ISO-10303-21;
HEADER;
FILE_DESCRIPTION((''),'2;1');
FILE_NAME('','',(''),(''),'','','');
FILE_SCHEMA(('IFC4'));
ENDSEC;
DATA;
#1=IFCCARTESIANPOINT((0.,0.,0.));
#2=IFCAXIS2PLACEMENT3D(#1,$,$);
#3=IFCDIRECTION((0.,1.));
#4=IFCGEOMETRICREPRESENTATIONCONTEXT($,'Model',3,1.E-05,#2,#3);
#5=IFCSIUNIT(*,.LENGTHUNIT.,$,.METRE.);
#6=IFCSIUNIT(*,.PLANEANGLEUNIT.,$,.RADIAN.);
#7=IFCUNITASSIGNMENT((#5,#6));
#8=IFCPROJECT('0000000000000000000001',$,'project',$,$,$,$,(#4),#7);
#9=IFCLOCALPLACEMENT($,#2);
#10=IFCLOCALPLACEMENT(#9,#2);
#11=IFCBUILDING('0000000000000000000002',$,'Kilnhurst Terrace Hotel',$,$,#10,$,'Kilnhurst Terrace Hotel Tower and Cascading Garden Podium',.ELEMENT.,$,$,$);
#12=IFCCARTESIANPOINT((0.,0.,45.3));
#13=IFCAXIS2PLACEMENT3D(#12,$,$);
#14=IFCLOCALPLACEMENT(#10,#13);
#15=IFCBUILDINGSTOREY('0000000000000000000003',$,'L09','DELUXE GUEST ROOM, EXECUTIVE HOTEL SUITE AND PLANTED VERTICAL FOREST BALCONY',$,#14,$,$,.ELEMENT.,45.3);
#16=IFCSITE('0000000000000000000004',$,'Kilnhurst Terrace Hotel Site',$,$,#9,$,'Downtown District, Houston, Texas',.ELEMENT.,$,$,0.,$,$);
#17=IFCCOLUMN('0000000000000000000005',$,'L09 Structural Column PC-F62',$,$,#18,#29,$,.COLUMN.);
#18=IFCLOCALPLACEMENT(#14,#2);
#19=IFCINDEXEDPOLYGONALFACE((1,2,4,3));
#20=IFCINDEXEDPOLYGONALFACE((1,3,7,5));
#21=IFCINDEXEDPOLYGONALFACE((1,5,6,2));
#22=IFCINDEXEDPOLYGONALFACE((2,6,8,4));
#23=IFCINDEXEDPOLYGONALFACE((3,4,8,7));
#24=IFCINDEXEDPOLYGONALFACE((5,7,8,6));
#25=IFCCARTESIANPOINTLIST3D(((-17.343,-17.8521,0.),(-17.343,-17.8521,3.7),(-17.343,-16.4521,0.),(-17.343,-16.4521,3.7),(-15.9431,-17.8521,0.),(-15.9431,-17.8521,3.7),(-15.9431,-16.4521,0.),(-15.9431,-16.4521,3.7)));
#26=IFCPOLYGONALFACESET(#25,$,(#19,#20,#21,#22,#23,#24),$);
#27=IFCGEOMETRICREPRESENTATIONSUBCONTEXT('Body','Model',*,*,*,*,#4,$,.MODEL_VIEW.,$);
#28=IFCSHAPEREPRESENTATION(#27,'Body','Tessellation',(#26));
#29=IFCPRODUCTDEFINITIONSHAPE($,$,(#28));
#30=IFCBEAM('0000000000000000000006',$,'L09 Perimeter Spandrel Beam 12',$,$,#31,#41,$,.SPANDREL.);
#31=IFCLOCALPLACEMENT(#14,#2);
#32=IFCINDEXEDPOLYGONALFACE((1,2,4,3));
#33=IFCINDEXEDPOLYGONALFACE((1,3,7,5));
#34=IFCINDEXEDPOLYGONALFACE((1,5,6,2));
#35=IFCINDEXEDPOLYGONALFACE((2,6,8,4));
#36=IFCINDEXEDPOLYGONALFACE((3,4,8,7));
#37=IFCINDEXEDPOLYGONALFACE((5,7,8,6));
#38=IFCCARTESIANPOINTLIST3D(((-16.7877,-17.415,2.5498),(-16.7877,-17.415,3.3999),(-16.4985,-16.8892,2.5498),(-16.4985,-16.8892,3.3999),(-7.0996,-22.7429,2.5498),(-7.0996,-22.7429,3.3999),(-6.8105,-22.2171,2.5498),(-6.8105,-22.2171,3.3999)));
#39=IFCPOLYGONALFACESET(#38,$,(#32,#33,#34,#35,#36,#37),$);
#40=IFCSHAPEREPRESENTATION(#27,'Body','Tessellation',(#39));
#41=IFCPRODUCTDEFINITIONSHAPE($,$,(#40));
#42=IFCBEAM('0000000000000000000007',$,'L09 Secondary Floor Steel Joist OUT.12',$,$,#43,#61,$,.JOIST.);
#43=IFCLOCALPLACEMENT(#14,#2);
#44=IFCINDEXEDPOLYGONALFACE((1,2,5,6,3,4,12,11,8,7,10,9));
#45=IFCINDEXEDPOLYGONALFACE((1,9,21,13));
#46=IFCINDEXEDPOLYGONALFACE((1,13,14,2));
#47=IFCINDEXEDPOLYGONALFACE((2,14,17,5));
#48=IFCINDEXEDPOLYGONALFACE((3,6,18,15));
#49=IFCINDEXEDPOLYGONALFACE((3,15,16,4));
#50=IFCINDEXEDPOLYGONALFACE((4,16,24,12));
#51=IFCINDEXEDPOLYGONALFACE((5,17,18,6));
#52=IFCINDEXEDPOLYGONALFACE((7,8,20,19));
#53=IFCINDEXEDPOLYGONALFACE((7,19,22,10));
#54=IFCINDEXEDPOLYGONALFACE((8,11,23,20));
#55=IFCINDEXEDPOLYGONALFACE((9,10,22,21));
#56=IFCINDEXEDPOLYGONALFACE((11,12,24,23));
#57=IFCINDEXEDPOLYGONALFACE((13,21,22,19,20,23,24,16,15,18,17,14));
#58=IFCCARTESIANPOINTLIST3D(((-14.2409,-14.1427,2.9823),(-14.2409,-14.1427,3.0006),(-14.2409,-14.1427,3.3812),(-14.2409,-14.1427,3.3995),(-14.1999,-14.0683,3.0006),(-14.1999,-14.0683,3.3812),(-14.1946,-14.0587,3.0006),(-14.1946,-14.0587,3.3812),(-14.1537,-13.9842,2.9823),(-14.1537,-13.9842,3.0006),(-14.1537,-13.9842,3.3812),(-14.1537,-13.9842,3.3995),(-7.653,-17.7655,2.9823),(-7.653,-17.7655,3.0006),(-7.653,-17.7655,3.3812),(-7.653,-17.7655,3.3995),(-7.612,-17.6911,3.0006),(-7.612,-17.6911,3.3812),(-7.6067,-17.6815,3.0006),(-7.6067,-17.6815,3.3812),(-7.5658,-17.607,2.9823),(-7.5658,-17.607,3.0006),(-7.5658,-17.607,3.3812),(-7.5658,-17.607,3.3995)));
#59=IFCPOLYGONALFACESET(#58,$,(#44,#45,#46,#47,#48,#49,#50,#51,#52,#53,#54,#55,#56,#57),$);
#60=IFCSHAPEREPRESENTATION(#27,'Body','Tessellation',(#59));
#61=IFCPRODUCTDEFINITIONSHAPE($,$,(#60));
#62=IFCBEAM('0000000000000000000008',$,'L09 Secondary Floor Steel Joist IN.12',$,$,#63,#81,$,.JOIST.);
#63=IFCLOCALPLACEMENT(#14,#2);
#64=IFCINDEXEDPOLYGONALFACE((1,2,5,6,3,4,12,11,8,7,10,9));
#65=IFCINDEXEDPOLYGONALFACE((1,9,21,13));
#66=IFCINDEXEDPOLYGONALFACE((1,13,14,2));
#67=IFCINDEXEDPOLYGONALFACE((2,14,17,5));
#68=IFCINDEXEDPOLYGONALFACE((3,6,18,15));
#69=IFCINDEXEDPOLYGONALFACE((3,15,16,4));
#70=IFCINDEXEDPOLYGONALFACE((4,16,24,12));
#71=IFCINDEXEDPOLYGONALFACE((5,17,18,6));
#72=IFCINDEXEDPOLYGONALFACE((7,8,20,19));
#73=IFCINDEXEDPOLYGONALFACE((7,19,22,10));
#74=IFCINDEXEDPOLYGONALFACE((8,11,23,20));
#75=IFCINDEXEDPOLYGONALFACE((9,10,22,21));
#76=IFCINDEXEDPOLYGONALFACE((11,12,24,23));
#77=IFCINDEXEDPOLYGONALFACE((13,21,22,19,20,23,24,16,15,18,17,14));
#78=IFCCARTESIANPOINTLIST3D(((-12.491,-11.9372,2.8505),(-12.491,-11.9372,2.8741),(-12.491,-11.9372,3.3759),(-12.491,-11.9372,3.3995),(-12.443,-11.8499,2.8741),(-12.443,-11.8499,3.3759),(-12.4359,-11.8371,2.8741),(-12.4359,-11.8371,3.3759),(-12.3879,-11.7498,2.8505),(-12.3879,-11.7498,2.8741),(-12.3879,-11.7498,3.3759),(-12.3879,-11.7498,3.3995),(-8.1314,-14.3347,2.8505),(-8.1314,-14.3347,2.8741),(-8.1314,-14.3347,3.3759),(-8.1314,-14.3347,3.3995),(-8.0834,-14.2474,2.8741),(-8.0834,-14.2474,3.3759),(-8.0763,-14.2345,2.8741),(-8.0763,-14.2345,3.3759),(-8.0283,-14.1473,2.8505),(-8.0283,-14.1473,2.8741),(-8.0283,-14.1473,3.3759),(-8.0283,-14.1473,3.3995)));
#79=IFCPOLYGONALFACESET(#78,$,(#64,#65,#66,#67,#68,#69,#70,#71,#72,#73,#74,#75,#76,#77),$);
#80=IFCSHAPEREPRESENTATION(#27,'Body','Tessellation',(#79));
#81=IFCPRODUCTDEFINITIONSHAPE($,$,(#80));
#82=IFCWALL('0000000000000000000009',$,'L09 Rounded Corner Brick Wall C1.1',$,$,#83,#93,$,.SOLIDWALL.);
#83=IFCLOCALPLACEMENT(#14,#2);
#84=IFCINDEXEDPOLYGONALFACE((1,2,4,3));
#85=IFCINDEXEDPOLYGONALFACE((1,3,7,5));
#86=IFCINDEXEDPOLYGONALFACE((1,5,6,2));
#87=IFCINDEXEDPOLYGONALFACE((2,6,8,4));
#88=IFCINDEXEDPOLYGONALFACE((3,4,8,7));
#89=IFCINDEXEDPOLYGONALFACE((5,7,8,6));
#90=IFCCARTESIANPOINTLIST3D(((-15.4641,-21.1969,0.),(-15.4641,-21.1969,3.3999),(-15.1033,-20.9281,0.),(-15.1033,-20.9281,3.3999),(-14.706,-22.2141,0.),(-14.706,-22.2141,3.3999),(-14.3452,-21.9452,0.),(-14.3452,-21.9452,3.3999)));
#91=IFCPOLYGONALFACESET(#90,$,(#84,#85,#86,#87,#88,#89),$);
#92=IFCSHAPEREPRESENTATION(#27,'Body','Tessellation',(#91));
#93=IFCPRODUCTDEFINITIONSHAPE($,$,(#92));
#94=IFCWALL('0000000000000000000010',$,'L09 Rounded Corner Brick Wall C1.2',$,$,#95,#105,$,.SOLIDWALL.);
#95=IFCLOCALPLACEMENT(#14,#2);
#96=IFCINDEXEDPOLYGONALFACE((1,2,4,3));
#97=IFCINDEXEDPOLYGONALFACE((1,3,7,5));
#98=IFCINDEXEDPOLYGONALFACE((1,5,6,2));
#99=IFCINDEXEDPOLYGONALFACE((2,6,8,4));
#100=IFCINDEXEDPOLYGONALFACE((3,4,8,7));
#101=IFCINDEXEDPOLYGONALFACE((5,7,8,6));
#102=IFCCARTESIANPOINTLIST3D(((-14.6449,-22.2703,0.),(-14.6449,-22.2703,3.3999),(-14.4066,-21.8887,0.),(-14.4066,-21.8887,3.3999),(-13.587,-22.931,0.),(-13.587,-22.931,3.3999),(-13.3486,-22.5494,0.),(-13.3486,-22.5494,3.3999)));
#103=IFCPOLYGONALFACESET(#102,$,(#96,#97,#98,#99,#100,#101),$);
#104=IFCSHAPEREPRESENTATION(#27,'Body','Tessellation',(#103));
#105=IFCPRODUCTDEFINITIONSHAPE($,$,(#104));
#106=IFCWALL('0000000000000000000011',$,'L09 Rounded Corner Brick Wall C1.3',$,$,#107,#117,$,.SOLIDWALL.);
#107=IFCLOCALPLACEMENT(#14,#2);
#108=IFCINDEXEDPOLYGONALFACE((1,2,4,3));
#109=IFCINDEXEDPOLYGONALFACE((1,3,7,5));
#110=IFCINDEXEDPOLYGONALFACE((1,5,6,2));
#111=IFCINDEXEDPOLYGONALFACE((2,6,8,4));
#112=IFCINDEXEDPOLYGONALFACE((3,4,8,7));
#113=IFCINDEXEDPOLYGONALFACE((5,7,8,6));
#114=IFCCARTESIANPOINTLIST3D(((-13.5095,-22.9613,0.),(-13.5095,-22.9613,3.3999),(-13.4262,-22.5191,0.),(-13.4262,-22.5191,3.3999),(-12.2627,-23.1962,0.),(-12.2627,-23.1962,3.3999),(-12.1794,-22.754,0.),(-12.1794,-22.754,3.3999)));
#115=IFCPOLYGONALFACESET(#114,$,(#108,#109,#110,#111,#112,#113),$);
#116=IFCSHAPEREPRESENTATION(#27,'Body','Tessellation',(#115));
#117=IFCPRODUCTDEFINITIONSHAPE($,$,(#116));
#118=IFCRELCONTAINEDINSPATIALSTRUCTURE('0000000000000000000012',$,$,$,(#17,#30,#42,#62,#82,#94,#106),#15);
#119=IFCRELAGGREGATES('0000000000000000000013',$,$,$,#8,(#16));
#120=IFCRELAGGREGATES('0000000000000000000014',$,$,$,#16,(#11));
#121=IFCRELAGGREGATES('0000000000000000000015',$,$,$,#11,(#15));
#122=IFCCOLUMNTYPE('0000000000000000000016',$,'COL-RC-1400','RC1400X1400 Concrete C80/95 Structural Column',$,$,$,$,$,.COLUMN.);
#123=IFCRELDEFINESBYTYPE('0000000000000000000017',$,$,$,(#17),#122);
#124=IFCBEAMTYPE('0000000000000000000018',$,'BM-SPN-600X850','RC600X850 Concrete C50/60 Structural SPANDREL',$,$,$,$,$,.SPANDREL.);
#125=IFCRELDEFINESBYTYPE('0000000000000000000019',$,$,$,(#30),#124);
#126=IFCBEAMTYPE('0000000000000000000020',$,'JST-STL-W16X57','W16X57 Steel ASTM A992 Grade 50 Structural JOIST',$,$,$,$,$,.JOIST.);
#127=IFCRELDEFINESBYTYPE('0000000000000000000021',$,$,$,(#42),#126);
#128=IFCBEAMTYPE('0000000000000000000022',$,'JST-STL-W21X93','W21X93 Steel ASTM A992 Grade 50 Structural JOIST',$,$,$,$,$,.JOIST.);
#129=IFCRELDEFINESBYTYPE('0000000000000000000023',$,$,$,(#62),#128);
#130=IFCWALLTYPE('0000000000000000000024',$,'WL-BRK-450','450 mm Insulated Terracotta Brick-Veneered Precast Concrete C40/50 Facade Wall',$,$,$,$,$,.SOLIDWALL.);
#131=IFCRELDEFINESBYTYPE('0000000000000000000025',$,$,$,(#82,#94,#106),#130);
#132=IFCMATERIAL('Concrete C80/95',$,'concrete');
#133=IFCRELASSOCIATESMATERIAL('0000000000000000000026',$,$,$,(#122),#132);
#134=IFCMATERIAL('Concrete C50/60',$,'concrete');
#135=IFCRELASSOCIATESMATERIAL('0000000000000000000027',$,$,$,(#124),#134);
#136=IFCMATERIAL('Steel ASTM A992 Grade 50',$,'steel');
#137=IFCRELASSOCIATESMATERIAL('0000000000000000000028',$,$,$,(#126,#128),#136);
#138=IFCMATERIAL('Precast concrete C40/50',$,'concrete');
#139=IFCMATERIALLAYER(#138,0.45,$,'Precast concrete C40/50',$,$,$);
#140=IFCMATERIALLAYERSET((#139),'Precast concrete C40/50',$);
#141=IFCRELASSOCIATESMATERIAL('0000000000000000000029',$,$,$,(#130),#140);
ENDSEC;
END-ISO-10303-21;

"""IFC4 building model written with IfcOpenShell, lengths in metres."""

from ifc_helpers import new_model, si_unit, direction, frame, frame_2d, origin, origin_2d, place, context, subcontext, project, spatial, rectangle, i_section, extrude, material, layer, layer_set, material_profile, profile_set, type_object, element, save


model = new_model("IFC4")

# Units and contexts
model_context = context("Model", 3, precision=1e-05, world=origin(), true_north=direction((0.0, 1.0)))
body_context = subcontext(model_context, "Body", "Model", "MODEL_VIEW")
ifc_project = project(units=[si_unit("LENGTHUNIT", "METRE"), si_unit("PLANEANGLEUNIT", "RADIAN")], contexts=[model_context])

# Site, building, storey
site_placement = place(None, origin())
site = spatial("IfcSite", under=ifc_project, at=site_placement, Name="Kilnhurst Terrace Hotel Site", LongName="Downtown District, Houston, Texas", CompositionType="ELEMENT", RefElevation=0.0)
building_placement = place(site_placement, origin())
building = spatial("IfcBuilding", under=site, at=building_placement, Name="Kilnhurst Terrace Hotel", LongName="Kilnhurst Terrace Hotel Tower and Cascading Garden Podium", CompositionType="ELEMENT")
storey_placement = place(building_placement, frame((0.0, 0.0, 45.3)))
storey = spatial("IfcBuildingStorey", under=building, at=storey_placement, Name="L09", Description="DELUXE GUEST ROOM, EXECUTIVE HOTEL SUITE AND PLANTED VERTICAL FOREST BALCONY", CompositionType="ELEMENT", Elevation=45.3)

# Column
ifc_material_1 = material(Name="Concrete C80/95", Category="concrete")
ifc_material_profile_1 = material_profile(ifc_material_1, rectangle(XDim=1.3999, YDim=1.3999, at=origin_2d()), Name="RC1400X1400")
ifc_profile_set_1 = profile_set([ifc_material_profile_1], Name="Concrete C80/95")
column_type = type_object("IfcColumnType", Name="COL-RC-1400", Description="RC1400X1400 Concrete C80/95 Structural Column", PredefinedType="COLUMN", material=ifc_profile_set_1)
column_placement = place(storey_placement, frame((-16.6431, -17.1521, 0.0), z_axis=(0.0, 0.0, 1.0), x_axis=(1.0, 0.0, 0.0)))
element("IfcColumn", 1, at=column_placement, inside=storey, type_object=column_type, Name="L09 Structural Column PC-F62", PredefinedType="COLUMN", context=body_context, shape_type="SweptSolid", body=[
    extrude(rectangle(XDim=1.3999, YDim=1.3999, at=origin_2d()), origin(), (0.0, 0.0, 1.0), 3.7),
])

# Beams
ifc_material_2 = material(Name="Concrete C50/60", Category="concrete")
ifc_material_profile_2 = material_profile(ifc_material_2, rectangle(XDim=0.6001, YDim=0.8501, at=origin_2d()), Name="RC600X850")
ifc_profile_set_2 = profile_set([ifc_material_profile_2], Name="Concrete C50/60")
beam_type_1 = type_object("IfcBeamType", Name="BM-SPN-600X850", Description="RC600X850 Concrete C50/60 Structural SPANDREL", PredefinedType="SPANDREL", material=ifc_profile_set_2)
beam_1_placement = place(storey_placement, frame((-16.6431, -17.1521, 2.9749), z_axis=(0.876235, -0.481883, 0.0), x_axis=(0.481883, 0.876235, 0.0)))
element("IfcBeam", 2, at=beam_1_placement, inside=storey, type_object=beam_type_1, Name="L09 Perimeter Spandrel Beam 12", PredefinedType="SPANDREL", context=body_context, shape_type="SweptSolid", body=[
    extrude(rectangle(XDim=0.6001, YDim=0.8501, at=origin_2d()), origin(), (0.0, 0.0, 1.0), 11.0564),
])
ifc_material_3 = material(Name="Steel ASTM A992 Grade 50", Category="steel")
ifc_material_profile_3 = material_profile(ifc_material_3, i_section(OverallWidth=0.1809, OverallDepth=0.4172, WebThickness=0.011, FlangeThickness=0.0183, at=origin_2d()), Name="W16X57")
ifc_profile_set_3 = profile_set([ifc_material_profile_3], Name="Steel ASTM A992 Grade 50")
beam_type_2 = type_object("IfcBeamType", Name="JST-STL-W16X57", Description="W16X57 Steel ASTM A992 Grade 50 Structural JOIST", PredefinedType="JOIST", material=ifc_profile_set_3)
beam_2_placement = place(storey_placement, frame((-14.1973, -14.0635, 3.1909), z_axis=(0.876246, -0.481864, 0.0), x_axis=(0.481864, 0.876246, 0.0)))
element("IfcBeam", 3, at=beam_2_placement, inside=storey, type_object=beam_type_2, Name="L09 Secondary Floor Steel Joist OUT.12", PredefinedType="JOIST", context=body_context, shape_type="SweptSolid", body=[
    extrude(i_section(OverallWidth=0.1809, OverallDepth=0.4172, WebThickness=0.011, FlangeThickness=0.0183, at=origin_2d()), origin(), (0.0, 0.0, 1.0), 7.5183),
])
ifc_material_profile_4 = material_profile(ifc_material_3, i_section(OverallWidth=0.2139, OverallDepth=0.5491, WebThickness=0.0146, FlangeThickness=0.0237, at=origin_2d()), Name="W21X93")
ifc_profile_set_4 = profile_set([ifc_material_profile_4], Name="Steel ASTM A992 Grade 50")
beam_type_3 = type_object("IfcBeamType", Name="JST-STL-W21X93", Description="W21X93 Steel ASTM A992 Grade 50 Structural JOIST", PredefinedType="JOIST", material=ifc_profile_set_4)
beam_3_placement = place(storey_placement, frame((-12.4395, -11.8435, 3.125), z_axis=(0.876244, -0.481868, 0.0), x_axis=(0.481868, 0.876244, 0.0)))
element("IfcBeam", 4, at=beam_3_placement, inside=storey, type_object=beam_type_3, Name="L09 Secondary Floor Steel Joist IN.12", PredefinedType="JOIST", context=body_context, shape_type="SweptSolid", body=[
    extrude(i_section(OverallWidth=0.2139, OverallDepth=0.5491, WebThickness=0.0146, FlangeThickness=0.0237, at=origin_2d()), origin(), (0.0, 0.0, 1.0), 4.9753),
])

# Walls
ifc_material_4 = material(Name="Precast concrete C40/50", Category="concrete")
ifc_layer_1 = layer(ifc_material_4, 0.45, Name="Precast concrete C40/50")
ifc_layer_set_1 = layer_set([ifc_layer_1], Name="Precast concrete C40/50")
wall_type_1 = type_object("IfcWallType", Name="WL-BRK-450", Description="450 mm Insulated Terracotta Brick-Veneered Precast Concrete C40/50 Facade Wall", PredefinedType="SOLIDWALL", material=ifc_layer_set_1)
wall_1_placement = place(storey_placement, frame((-15.2837, -21.0625, 0.0), z_axis=(0.0, 0.0, 1.0), x_axis=(0.597595, -0.801798, 0.0)))
element("IfcWall", 5, at=wall_1_placement, inside=storey, type_object=wall_type_1, Name="L09 Rounded Corner Brick Wall C1.1", PredefinedType="SOLIDWALL", context=body_context, shape_type="SweptSolid", body=[
    extrude(rectangle(XDim=1.2686, YDim=0.45, at=frame_2d((0.6343, 0.0))), origin(), (0.0, 0.0, 1.0), 3.3999),
])
wall_2_placement = place(storey_placement, frame((-14.5256, -22.0796, 0.0), z_axis=(0.0, 0.0, 1.0), x_axis=(0.848185, -0.5297, 0.0)))
element("IfcWall", 6, at=wall_2_placement, inside=storey, type_object=wall_type_1, Name="L09 Rounded Corner Brick Wall C1.2", PredefinedType="SOLIDWALL", context=body_context, shape_type="SweptSolid", body=[
    extrude(rectangle(XDim=1.2473, YDim=0.45, at=frame_2d((0.6235, 0.0))), origin(), (0.0, 0.0, 1.0), 3.3999),
])
wall_3_placement = place(storey_placement, frame((-13.4678, -22.7402, 0.0), z_axis=(0.0, 0.0, 1.0), x_axis=(0.982717, -0.185113, 0.0)))
element("IfcWall", 7, at=wall_3_placement, inside=storey, type_object=wall_type_1, Name="L09 Rounded Corner Brick Wall C1.3", PredefinedType="SOLIDWALL", context=body_context, shape_type="SweptSolid", body=[
    extrude(rectangle(XDim=1.2688, YDim=0.45, at=frame_2d((0.6343, 0.0))), origin(), (0.0, 0.0, 1.0), 3.3999),
])

save(model, "model.ifc")
